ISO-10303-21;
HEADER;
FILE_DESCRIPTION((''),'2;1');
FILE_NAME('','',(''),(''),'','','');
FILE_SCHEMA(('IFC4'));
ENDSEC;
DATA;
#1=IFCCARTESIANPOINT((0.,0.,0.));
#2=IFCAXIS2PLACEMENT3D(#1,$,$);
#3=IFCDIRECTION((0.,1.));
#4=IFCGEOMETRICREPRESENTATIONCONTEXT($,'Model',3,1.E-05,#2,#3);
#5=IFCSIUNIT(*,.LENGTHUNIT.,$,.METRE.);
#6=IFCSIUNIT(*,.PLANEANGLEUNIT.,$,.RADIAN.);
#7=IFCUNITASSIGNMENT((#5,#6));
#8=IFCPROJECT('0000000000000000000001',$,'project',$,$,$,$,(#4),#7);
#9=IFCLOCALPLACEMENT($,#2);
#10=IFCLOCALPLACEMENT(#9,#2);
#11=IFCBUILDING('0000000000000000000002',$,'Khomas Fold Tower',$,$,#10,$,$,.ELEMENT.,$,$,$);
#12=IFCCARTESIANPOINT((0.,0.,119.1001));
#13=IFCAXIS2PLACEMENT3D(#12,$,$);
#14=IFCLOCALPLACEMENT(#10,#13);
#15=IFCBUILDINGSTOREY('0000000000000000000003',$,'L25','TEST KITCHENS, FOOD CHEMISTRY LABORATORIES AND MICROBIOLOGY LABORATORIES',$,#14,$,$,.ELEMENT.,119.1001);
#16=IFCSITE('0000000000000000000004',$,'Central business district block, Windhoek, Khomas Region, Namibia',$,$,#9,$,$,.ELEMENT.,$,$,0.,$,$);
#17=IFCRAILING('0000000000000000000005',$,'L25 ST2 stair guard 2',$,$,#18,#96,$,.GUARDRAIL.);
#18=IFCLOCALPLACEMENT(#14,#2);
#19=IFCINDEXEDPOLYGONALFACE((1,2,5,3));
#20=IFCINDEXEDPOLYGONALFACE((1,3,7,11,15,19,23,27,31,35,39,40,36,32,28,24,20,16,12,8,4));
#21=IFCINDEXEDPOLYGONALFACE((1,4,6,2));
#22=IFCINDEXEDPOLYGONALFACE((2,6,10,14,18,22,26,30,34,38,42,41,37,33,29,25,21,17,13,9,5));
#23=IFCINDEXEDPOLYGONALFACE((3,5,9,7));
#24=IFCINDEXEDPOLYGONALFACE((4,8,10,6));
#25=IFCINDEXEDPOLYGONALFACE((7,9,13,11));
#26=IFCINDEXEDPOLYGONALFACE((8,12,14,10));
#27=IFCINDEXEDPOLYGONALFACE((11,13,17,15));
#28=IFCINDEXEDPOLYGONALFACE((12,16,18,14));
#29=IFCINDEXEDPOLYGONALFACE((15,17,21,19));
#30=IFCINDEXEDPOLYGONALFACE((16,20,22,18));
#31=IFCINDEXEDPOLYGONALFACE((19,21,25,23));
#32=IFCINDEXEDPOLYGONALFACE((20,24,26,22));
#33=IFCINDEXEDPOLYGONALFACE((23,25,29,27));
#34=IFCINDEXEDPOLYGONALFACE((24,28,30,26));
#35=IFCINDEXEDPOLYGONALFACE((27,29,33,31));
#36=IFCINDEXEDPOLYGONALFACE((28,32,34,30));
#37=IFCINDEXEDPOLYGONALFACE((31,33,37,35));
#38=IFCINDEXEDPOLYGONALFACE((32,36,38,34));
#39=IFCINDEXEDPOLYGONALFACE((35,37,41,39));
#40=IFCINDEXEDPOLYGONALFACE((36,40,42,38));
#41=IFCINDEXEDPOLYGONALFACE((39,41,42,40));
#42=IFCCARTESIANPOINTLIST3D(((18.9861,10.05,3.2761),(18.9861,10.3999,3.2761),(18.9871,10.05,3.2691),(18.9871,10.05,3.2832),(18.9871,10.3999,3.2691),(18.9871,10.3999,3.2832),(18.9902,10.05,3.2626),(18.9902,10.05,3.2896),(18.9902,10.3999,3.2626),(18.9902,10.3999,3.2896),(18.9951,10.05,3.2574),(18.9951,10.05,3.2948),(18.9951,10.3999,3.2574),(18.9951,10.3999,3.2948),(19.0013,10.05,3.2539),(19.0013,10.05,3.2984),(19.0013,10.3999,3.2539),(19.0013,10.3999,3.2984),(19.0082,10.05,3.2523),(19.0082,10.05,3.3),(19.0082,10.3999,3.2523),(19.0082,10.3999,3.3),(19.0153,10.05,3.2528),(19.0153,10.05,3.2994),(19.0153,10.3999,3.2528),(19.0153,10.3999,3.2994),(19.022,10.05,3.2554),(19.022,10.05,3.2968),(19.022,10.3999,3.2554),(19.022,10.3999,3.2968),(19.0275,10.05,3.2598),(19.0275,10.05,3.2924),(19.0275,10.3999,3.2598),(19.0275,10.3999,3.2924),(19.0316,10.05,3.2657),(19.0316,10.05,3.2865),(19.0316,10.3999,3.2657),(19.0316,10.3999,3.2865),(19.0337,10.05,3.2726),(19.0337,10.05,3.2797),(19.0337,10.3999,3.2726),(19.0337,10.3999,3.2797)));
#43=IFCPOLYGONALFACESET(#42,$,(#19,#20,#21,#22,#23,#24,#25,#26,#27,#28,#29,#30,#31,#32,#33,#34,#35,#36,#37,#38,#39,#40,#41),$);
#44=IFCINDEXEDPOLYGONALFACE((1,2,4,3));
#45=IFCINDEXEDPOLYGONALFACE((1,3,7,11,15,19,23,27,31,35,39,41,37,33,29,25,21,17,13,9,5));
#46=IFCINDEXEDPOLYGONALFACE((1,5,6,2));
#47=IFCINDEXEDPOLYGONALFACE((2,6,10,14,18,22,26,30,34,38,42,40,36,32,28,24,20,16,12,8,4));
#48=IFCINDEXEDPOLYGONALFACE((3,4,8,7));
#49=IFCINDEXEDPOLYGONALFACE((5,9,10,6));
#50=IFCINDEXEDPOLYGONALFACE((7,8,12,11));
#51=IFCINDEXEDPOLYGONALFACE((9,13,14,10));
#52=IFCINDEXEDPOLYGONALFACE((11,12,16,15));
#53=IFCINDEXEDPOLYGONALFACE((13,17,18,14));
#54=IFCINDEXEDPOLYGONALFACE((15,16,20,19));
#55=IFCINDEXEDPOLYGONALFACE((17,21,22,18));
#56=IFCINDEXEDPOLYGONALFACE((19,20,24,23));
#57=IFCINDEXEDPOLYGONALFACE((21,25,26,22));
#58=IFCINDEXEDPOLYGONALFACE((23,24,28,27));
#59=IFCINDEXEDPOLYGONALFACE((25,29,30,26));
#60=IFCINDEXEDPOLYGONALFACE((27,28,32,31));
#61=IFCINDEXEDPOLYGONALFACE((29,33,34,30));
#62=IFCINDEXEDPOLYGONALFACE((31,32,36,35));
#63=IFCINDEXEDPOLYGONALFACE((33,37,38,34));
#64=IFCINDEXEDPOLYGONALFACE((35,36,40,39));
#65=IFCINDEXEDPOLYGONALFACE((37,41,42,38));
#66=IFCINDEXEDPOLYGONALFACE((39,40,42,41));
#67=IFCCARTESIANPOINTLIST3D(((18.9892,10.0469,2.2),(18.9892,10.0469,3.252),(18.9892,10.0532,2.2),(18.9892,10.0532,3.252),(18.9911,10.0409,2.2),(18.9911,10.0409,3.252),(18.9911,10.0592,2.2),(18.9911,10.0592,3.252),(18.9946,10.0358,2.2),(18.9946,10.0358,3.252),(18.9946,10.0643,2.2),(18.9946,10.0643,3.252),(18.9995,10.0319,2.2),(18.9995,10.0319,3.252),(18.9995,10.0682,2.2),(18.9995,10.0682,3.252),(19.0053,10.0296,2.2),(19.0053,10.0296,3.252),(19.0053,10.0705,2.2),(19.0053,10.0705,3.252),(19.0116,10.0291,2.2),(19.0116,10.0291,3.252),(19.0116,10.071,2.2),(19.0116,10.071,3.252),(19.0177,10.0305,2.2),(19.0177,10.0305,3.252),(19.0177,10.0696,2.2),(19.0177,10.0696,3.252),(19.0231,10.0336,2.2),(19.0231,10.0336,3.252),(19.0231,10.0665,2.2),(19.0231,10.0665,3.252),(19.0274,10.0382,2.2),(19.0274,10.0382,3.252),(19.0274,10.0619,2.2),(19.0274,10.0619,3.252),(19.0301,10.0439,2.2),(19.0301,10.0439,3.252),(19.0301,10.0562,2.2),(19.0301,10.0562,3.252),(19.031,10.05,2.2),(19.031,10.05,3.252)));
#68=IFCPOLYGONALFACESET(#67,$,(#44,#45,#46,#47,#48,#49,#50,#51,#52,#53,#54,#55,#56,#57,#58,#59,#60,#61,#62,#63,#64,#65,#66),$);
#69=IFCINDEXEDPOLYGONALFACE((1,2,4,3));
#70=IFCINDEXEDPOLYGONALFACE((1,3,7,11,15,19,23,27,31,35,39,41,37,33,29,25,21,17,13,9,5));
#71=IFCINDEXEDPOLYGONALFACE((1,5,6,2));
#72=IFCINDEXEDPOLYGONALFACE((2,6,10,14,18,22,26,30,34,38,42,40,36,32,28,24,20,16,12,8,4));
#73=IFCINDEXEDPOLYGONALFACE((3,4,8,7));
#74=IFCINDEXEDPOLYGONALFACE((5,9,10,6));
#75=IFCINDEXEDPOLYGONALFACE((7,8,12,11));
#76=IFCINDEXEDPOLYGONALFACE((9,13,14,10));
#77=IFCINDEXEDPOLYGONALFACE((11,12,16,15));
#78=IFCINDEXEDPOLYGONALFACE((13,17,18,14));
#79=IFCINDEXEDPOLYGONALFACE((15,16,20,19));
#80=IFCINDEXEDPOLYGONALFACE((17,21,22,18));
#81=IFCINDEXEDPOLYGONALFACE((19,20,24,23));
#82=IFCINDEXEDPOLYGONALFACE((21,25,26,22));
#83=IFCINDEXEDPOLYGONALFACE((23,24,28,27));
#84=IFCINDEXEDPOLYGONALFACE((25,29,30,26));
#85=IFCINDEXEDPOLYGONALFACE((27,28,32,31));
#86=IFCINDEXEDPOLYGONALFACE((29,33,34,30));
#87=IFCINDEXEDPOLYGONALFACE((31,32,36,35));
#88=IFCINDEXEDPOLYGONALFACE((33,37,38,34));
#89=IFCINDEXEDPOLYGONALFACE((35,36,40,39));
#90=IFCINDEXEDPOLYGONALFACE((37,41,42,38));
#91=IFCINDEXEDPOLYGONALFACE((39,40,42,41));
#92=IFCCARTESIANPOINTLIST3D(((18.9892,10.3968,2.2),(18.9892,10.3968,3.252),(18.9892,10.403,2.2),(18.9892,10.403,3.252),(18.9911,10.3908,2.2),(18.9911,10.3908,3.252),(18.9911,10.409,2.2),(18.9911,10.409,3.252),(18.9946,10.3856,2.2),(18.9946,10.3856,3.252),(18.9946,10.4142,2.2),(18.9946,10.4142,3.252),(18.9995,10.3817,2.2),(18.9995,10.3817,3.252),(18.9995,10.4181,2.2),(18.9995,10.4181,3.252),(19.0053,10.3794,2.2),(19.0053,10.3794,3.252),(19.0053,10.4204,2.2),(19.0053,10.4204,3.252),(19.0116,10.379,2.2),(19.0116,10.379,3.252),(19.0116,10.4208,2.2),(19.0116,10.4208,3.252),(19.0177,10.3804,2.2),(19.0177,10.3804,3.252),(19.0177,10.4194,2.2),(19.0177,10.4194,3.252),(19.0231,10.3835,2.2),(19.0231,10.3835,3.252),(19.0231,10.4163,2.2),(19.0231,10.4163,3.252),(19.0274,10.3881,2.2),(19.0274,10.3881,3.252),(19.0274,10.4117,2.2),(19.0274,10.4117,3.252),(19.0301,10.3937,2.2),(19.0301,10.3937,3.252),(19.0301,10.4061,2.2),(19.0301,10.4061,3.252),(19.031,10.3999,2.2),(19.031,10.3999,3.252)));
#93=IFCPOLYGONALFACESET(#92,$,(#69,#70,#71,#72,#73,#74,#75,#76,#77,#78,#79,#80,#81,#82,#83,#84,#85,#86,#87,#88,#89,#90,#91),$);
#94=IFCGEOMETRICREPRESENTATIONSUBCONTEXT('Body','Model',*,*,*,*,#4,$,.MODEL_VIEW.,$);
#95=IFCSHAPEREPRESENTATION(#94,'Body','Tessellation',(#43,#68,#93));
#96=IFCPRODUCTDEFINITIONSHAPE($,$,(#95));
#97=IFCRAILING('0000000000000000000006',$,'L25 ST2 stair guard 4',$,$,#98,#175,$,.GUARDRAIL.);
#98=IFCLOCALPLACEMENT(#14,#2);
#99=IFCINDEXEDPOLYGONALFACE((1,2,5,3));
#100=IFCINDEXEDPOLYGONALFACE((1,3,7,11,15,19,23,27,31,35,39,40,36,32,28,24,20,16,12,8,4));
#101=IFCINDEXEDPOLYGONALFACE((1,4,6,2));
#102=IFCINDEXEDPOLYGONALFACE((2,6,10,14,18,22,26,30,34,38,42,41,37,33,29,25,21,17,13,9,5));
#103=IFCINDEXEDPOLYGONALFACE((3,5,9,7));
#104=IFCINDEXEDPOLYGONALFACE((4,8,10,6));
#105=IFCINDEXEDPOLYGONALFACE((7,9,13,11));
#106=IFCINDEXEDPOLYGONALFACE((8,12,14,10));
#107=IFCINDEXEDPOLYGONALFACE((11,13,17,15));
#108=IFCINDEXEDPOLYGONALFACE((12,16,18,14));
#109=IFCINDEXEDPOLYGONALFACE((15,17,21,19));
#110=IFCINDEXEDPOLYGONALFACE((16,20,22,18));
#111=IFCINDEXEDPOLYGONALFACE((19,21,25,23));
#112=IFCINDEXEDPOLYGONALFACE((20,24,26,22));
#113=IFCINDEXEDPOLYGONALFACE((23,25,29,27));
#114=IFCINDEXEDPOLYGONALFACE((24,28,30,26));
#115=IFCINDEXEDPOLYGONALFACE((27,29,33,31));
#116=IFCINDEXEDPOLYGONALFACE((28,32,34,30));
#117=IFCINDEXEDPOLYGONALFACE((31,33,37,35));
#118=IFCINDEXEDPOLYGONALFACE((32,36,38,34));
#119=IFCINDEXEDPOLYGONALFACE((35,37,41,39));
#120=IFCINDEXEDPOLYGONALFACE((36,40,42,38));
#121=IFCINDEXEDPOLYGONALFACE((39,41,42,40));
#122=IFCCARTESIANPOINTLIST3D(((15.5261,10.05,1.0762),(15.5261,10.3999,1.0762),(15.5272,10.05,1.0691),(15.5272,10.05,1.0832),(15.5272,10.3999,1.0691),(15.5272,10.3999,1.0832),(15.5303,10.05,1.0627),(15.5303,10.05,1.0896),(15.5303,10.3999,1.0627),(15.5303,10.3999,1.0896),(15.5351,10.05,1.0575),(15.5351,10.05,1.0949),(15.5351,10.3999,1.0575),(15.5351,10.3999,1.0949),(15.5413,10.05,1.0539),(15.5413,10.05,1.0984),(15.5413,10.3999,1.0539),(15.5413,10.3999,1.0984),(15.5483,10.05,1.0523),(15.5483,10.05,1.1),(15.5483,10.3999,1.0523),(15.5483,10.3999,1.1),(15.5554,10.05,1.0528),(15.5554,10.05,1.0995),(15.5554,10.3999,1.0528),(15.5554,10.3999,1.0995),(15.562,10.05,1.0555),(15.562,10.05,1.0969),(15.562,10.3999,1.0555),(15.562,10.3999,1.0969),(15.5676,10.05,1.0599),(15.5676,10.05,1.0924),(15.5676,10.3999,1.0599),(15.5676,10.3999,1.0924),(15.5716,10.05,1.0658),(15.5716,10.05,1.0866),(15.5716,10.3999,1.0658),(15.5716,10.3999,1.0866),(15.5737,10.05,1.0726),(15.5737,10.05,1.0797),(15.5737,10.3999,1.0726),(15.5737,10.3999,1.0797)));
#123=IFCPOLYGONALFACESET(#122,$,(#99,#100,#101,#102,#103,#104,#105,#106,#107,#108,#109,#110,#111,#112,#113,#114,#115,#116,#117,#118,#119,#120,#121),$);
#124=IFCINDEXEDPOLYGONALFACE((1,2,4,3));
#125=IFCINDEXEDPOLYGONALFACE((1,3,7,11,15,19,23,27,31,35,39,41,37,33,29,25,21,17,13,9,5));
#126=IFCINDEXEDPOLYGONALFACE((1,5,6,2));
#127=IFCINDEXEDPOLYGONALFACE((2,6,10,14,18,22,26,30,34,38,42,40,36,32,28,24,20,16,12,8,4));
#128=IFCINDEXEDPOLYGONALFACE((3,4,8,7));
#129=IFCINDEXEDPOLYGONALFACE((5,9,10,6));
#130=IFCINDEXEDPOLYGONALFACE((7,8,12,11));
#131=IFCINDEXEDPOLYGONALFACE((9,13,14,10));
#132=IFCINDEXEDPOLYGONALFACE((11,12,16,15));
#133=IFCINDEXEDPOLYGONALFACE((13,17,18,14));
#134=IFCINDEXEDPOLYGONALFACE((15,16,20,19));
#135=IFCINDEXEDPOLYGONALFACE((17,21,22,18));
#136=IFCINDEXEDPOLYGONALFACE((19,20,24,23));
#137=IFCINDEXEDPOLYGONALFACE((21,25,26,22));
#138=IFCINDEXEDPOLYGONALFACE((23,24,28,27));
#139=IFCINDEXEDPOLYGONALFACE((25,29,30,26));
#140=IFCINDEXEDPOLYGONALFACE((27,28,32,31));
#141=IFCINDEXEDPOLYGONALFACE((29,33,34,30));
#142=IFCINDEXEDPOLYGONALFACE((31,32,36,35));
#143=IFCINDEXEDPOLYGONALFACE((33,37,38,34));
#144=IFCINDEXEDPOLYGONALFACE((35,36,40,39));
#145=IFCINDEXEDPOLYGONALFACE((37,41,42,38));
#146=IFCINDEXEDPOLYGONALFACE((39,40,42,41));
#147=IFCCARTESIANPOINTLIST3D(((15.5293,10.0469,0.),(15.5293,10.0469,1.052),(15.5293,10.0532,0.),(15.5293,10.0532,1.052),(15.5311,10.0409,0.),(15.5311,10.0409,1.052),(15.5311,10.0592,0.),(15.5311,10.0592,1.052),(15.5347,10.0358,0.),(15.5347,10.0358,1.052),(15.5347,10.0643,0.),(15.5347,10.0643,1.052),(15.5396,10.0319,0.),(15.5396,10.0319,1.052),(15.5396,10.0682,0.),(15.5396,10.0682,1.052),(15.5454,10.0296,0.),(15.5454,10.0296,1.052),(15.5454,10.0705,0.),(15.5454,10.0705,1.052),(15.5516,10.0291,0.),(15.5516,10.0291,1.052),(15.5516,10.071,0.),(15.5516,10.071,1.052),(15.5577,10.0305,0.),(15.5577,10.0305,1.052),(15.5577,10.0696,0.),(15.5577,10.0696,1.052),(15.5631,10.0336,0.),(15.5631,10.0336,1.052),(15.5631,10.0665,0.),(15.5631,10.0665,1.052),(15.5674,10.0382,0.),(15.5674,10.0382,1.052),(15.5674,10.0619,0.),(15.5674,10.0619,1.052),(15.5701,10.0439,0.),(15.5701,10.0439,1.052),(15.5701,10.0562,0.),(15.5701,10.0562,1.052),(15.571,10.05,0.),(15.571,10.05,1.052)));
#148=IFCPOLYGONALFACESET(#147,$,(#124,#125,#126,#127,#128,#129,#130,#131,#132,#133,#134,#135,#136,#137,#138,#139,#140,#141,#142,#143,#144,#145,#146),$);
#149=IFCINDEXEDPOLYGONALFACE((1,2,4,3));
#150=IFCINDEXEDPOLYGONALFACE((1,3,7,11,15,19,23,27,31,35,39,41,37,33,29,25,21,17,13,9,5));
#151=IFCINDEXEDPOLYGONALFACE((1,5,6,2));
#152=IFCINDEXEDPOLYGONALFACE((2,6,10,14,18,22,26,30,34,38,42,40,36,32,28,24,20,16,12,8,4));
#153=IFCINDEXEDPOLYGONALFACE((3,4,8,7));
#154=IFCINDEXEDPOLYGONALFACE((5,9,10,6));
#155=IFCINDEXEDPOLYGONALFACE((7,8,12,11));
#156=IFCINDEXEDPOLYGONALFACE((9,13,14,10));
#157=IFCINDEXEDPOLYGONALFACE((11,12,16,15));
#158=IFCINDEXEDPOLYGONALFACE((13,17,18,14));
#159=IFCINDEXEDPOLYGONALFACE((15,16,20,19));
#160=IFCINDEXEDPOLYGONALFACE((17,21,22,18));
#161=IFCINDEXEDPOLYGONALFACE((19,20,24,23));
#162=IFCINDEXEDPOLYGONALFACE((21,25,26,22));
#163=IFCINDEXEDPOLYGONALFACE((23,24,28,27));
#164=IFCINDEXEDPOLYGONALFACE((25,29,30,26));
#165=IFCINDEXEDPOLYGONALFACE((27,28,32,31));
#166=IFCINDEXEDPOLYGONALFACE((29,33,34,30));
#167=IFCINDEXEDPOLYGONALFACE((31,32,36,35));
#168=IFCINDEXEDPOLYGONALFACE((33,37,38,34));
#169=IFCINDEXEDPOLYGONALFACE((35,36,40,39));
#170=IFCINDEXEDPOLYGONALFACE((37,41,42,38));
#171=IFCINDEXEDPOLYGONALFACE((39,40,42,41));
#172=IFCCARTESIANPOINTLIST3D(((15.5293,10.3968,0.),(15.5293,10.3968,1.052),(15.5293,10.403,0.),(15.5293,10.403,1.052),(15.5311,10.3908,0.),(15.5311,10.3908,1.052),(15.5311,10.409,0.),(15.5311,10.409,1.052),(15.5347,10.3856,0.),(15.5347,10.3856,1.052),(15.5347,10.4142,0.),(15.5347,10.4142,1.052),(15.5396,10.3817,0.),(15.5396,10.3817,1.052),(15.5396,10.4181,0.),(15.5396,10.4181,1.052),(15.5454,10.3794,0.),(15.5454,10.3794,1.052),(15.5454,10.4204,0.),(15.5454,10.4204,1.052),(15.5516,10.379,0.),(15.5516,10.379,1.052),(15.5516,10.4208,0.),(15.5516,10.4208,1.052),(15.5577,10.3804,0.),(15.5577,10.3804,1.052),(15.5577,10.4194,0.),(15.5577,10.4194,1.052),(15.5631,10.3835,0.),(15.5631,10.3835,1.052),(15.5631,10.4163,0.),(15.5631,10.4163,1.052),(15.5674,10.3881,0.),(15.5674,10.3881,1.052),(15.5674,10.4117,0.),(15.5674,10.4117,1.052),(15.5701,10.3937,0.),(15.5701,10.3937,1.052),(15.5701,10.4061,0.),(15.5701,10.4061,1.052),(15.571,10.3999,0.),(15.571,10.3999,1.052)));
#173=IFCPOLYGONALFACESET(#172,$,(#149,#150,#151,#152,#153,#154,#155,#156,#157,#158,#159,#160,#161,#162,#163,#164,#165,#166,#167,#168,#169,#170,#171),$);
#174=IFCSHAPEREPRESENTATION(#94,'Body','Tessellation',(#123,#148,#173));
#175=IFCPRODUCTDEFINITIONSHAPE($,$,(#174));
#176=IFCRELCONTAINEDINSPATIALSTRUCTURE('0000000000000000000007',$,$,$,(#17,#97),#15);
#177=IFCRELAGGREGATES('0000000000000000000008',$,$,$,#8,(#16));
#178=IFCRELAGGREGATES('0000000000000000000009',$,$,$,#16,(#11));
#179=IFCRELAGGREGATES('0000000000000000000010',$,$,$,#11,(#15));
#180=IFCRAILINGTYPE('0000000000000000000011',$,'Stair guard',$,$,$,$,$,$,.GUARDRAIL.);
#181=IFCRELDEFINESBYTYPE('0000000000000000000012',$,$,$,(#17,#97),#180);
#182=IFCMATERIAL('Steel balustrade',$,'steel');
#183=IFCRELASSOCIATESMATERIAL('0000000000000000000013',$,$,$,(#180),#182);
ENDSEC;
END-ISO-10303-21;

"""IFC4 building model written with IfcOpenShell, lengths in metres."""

from ifc_helpers import new_model, si_unit, direction, frame, origin, origin_2d, place, context, subcontext, project, spatial, circle, extrude, source, transform, mapped, material, type_object, element, save


model = new_model("IFC4")

# Units and contexts
model_context = context("Model", 3, precision=1e-05, world=origin(), true_north=direction((0.0, 1.0)))
body_context = subcontext(model_context, "Body", "Model", "MODEL_VIEW")
ifc_project = project(units=[si_unit("LENGTHUNIT", "METRE"), si_unit("PLANEANGLEUNIT", "RADIAN")], contexts=[model_context])

# Site, building, storey
site_placement = place(None, origin())
site = spatial("IfcSite", under=ifc_project, at=site_placement, Name="Central business district block, Windhoek, Khomas Region, Namibia", CompositionType="ELEMENT", RefElevation=0.0)
building_placement = place(site_placement, origin())
building = spatial("IfcBuilding", under=site, at=building_placement, Name="Khomas Fold Tower", CompositionType="ELEMENT")
storey_placement = place(building_placement, frame((0.0, 0.0, 119.1001)))
storey = spatial("IfcBuildingStorey", under=building, at=storey_placement, Name="L25", Description="TEST KITCHENS, FOOD CHEMISTRY LABORATORIES AND MICROBIOLOGY LABORATORIES", CompositionType="ELEMENT", Elevation=119.1001)

# Railings
ifc_material_1 = material(Name="Steel balustrade", Category="steel")
railing_type_1 = type_object("IfcRailingType", Name="Stair guard", PredefinedType="GUARDRAIL", material=ifc_material_1)
shared_shape_1 = source(origin(), body_context, "Body", "SweptSolid", [
    extrude(circle(Radius=0.0239, at=origin_2d()), frame((0.0, 0.0, 1.0762), z_axis=(0.0, 1.0, 0.0), x_axis=(-1.0, 0.0, 0.0)), (0.0, 0.0, 1.0), 0.3499),
    extrude(circle(Radius=0.021, at=origin_2d()), origin(), (0.0, 0.0, 1.0), 1.052),
    extrude(circle(Radius=0.021, at=origin_2d()), frame((0.0, 0.3499, 0.0)), (0.0, 0.0, 1.0), 1.052),
])
for number, where, name in (
    (1, (19.01, 10.05, 2.2), "L25 ST2 stair guard 2"),
    (2, (15.55, 10.05, 0.0), "L25 ST2 stair guard 4"),
):
    element("IfcRailing", number, at=place(storey_placement, frame(where)), inside=storey, type_object=railing_type_1, Name=name, PredefinedType="GUARDRAIL", context=body_context, shape_type="MappedRepresentation", body=[
        mapped(shared_shape_1, transform((0.0, 0.0, 0.0))),
    ])

save(model, "model.ifc")
